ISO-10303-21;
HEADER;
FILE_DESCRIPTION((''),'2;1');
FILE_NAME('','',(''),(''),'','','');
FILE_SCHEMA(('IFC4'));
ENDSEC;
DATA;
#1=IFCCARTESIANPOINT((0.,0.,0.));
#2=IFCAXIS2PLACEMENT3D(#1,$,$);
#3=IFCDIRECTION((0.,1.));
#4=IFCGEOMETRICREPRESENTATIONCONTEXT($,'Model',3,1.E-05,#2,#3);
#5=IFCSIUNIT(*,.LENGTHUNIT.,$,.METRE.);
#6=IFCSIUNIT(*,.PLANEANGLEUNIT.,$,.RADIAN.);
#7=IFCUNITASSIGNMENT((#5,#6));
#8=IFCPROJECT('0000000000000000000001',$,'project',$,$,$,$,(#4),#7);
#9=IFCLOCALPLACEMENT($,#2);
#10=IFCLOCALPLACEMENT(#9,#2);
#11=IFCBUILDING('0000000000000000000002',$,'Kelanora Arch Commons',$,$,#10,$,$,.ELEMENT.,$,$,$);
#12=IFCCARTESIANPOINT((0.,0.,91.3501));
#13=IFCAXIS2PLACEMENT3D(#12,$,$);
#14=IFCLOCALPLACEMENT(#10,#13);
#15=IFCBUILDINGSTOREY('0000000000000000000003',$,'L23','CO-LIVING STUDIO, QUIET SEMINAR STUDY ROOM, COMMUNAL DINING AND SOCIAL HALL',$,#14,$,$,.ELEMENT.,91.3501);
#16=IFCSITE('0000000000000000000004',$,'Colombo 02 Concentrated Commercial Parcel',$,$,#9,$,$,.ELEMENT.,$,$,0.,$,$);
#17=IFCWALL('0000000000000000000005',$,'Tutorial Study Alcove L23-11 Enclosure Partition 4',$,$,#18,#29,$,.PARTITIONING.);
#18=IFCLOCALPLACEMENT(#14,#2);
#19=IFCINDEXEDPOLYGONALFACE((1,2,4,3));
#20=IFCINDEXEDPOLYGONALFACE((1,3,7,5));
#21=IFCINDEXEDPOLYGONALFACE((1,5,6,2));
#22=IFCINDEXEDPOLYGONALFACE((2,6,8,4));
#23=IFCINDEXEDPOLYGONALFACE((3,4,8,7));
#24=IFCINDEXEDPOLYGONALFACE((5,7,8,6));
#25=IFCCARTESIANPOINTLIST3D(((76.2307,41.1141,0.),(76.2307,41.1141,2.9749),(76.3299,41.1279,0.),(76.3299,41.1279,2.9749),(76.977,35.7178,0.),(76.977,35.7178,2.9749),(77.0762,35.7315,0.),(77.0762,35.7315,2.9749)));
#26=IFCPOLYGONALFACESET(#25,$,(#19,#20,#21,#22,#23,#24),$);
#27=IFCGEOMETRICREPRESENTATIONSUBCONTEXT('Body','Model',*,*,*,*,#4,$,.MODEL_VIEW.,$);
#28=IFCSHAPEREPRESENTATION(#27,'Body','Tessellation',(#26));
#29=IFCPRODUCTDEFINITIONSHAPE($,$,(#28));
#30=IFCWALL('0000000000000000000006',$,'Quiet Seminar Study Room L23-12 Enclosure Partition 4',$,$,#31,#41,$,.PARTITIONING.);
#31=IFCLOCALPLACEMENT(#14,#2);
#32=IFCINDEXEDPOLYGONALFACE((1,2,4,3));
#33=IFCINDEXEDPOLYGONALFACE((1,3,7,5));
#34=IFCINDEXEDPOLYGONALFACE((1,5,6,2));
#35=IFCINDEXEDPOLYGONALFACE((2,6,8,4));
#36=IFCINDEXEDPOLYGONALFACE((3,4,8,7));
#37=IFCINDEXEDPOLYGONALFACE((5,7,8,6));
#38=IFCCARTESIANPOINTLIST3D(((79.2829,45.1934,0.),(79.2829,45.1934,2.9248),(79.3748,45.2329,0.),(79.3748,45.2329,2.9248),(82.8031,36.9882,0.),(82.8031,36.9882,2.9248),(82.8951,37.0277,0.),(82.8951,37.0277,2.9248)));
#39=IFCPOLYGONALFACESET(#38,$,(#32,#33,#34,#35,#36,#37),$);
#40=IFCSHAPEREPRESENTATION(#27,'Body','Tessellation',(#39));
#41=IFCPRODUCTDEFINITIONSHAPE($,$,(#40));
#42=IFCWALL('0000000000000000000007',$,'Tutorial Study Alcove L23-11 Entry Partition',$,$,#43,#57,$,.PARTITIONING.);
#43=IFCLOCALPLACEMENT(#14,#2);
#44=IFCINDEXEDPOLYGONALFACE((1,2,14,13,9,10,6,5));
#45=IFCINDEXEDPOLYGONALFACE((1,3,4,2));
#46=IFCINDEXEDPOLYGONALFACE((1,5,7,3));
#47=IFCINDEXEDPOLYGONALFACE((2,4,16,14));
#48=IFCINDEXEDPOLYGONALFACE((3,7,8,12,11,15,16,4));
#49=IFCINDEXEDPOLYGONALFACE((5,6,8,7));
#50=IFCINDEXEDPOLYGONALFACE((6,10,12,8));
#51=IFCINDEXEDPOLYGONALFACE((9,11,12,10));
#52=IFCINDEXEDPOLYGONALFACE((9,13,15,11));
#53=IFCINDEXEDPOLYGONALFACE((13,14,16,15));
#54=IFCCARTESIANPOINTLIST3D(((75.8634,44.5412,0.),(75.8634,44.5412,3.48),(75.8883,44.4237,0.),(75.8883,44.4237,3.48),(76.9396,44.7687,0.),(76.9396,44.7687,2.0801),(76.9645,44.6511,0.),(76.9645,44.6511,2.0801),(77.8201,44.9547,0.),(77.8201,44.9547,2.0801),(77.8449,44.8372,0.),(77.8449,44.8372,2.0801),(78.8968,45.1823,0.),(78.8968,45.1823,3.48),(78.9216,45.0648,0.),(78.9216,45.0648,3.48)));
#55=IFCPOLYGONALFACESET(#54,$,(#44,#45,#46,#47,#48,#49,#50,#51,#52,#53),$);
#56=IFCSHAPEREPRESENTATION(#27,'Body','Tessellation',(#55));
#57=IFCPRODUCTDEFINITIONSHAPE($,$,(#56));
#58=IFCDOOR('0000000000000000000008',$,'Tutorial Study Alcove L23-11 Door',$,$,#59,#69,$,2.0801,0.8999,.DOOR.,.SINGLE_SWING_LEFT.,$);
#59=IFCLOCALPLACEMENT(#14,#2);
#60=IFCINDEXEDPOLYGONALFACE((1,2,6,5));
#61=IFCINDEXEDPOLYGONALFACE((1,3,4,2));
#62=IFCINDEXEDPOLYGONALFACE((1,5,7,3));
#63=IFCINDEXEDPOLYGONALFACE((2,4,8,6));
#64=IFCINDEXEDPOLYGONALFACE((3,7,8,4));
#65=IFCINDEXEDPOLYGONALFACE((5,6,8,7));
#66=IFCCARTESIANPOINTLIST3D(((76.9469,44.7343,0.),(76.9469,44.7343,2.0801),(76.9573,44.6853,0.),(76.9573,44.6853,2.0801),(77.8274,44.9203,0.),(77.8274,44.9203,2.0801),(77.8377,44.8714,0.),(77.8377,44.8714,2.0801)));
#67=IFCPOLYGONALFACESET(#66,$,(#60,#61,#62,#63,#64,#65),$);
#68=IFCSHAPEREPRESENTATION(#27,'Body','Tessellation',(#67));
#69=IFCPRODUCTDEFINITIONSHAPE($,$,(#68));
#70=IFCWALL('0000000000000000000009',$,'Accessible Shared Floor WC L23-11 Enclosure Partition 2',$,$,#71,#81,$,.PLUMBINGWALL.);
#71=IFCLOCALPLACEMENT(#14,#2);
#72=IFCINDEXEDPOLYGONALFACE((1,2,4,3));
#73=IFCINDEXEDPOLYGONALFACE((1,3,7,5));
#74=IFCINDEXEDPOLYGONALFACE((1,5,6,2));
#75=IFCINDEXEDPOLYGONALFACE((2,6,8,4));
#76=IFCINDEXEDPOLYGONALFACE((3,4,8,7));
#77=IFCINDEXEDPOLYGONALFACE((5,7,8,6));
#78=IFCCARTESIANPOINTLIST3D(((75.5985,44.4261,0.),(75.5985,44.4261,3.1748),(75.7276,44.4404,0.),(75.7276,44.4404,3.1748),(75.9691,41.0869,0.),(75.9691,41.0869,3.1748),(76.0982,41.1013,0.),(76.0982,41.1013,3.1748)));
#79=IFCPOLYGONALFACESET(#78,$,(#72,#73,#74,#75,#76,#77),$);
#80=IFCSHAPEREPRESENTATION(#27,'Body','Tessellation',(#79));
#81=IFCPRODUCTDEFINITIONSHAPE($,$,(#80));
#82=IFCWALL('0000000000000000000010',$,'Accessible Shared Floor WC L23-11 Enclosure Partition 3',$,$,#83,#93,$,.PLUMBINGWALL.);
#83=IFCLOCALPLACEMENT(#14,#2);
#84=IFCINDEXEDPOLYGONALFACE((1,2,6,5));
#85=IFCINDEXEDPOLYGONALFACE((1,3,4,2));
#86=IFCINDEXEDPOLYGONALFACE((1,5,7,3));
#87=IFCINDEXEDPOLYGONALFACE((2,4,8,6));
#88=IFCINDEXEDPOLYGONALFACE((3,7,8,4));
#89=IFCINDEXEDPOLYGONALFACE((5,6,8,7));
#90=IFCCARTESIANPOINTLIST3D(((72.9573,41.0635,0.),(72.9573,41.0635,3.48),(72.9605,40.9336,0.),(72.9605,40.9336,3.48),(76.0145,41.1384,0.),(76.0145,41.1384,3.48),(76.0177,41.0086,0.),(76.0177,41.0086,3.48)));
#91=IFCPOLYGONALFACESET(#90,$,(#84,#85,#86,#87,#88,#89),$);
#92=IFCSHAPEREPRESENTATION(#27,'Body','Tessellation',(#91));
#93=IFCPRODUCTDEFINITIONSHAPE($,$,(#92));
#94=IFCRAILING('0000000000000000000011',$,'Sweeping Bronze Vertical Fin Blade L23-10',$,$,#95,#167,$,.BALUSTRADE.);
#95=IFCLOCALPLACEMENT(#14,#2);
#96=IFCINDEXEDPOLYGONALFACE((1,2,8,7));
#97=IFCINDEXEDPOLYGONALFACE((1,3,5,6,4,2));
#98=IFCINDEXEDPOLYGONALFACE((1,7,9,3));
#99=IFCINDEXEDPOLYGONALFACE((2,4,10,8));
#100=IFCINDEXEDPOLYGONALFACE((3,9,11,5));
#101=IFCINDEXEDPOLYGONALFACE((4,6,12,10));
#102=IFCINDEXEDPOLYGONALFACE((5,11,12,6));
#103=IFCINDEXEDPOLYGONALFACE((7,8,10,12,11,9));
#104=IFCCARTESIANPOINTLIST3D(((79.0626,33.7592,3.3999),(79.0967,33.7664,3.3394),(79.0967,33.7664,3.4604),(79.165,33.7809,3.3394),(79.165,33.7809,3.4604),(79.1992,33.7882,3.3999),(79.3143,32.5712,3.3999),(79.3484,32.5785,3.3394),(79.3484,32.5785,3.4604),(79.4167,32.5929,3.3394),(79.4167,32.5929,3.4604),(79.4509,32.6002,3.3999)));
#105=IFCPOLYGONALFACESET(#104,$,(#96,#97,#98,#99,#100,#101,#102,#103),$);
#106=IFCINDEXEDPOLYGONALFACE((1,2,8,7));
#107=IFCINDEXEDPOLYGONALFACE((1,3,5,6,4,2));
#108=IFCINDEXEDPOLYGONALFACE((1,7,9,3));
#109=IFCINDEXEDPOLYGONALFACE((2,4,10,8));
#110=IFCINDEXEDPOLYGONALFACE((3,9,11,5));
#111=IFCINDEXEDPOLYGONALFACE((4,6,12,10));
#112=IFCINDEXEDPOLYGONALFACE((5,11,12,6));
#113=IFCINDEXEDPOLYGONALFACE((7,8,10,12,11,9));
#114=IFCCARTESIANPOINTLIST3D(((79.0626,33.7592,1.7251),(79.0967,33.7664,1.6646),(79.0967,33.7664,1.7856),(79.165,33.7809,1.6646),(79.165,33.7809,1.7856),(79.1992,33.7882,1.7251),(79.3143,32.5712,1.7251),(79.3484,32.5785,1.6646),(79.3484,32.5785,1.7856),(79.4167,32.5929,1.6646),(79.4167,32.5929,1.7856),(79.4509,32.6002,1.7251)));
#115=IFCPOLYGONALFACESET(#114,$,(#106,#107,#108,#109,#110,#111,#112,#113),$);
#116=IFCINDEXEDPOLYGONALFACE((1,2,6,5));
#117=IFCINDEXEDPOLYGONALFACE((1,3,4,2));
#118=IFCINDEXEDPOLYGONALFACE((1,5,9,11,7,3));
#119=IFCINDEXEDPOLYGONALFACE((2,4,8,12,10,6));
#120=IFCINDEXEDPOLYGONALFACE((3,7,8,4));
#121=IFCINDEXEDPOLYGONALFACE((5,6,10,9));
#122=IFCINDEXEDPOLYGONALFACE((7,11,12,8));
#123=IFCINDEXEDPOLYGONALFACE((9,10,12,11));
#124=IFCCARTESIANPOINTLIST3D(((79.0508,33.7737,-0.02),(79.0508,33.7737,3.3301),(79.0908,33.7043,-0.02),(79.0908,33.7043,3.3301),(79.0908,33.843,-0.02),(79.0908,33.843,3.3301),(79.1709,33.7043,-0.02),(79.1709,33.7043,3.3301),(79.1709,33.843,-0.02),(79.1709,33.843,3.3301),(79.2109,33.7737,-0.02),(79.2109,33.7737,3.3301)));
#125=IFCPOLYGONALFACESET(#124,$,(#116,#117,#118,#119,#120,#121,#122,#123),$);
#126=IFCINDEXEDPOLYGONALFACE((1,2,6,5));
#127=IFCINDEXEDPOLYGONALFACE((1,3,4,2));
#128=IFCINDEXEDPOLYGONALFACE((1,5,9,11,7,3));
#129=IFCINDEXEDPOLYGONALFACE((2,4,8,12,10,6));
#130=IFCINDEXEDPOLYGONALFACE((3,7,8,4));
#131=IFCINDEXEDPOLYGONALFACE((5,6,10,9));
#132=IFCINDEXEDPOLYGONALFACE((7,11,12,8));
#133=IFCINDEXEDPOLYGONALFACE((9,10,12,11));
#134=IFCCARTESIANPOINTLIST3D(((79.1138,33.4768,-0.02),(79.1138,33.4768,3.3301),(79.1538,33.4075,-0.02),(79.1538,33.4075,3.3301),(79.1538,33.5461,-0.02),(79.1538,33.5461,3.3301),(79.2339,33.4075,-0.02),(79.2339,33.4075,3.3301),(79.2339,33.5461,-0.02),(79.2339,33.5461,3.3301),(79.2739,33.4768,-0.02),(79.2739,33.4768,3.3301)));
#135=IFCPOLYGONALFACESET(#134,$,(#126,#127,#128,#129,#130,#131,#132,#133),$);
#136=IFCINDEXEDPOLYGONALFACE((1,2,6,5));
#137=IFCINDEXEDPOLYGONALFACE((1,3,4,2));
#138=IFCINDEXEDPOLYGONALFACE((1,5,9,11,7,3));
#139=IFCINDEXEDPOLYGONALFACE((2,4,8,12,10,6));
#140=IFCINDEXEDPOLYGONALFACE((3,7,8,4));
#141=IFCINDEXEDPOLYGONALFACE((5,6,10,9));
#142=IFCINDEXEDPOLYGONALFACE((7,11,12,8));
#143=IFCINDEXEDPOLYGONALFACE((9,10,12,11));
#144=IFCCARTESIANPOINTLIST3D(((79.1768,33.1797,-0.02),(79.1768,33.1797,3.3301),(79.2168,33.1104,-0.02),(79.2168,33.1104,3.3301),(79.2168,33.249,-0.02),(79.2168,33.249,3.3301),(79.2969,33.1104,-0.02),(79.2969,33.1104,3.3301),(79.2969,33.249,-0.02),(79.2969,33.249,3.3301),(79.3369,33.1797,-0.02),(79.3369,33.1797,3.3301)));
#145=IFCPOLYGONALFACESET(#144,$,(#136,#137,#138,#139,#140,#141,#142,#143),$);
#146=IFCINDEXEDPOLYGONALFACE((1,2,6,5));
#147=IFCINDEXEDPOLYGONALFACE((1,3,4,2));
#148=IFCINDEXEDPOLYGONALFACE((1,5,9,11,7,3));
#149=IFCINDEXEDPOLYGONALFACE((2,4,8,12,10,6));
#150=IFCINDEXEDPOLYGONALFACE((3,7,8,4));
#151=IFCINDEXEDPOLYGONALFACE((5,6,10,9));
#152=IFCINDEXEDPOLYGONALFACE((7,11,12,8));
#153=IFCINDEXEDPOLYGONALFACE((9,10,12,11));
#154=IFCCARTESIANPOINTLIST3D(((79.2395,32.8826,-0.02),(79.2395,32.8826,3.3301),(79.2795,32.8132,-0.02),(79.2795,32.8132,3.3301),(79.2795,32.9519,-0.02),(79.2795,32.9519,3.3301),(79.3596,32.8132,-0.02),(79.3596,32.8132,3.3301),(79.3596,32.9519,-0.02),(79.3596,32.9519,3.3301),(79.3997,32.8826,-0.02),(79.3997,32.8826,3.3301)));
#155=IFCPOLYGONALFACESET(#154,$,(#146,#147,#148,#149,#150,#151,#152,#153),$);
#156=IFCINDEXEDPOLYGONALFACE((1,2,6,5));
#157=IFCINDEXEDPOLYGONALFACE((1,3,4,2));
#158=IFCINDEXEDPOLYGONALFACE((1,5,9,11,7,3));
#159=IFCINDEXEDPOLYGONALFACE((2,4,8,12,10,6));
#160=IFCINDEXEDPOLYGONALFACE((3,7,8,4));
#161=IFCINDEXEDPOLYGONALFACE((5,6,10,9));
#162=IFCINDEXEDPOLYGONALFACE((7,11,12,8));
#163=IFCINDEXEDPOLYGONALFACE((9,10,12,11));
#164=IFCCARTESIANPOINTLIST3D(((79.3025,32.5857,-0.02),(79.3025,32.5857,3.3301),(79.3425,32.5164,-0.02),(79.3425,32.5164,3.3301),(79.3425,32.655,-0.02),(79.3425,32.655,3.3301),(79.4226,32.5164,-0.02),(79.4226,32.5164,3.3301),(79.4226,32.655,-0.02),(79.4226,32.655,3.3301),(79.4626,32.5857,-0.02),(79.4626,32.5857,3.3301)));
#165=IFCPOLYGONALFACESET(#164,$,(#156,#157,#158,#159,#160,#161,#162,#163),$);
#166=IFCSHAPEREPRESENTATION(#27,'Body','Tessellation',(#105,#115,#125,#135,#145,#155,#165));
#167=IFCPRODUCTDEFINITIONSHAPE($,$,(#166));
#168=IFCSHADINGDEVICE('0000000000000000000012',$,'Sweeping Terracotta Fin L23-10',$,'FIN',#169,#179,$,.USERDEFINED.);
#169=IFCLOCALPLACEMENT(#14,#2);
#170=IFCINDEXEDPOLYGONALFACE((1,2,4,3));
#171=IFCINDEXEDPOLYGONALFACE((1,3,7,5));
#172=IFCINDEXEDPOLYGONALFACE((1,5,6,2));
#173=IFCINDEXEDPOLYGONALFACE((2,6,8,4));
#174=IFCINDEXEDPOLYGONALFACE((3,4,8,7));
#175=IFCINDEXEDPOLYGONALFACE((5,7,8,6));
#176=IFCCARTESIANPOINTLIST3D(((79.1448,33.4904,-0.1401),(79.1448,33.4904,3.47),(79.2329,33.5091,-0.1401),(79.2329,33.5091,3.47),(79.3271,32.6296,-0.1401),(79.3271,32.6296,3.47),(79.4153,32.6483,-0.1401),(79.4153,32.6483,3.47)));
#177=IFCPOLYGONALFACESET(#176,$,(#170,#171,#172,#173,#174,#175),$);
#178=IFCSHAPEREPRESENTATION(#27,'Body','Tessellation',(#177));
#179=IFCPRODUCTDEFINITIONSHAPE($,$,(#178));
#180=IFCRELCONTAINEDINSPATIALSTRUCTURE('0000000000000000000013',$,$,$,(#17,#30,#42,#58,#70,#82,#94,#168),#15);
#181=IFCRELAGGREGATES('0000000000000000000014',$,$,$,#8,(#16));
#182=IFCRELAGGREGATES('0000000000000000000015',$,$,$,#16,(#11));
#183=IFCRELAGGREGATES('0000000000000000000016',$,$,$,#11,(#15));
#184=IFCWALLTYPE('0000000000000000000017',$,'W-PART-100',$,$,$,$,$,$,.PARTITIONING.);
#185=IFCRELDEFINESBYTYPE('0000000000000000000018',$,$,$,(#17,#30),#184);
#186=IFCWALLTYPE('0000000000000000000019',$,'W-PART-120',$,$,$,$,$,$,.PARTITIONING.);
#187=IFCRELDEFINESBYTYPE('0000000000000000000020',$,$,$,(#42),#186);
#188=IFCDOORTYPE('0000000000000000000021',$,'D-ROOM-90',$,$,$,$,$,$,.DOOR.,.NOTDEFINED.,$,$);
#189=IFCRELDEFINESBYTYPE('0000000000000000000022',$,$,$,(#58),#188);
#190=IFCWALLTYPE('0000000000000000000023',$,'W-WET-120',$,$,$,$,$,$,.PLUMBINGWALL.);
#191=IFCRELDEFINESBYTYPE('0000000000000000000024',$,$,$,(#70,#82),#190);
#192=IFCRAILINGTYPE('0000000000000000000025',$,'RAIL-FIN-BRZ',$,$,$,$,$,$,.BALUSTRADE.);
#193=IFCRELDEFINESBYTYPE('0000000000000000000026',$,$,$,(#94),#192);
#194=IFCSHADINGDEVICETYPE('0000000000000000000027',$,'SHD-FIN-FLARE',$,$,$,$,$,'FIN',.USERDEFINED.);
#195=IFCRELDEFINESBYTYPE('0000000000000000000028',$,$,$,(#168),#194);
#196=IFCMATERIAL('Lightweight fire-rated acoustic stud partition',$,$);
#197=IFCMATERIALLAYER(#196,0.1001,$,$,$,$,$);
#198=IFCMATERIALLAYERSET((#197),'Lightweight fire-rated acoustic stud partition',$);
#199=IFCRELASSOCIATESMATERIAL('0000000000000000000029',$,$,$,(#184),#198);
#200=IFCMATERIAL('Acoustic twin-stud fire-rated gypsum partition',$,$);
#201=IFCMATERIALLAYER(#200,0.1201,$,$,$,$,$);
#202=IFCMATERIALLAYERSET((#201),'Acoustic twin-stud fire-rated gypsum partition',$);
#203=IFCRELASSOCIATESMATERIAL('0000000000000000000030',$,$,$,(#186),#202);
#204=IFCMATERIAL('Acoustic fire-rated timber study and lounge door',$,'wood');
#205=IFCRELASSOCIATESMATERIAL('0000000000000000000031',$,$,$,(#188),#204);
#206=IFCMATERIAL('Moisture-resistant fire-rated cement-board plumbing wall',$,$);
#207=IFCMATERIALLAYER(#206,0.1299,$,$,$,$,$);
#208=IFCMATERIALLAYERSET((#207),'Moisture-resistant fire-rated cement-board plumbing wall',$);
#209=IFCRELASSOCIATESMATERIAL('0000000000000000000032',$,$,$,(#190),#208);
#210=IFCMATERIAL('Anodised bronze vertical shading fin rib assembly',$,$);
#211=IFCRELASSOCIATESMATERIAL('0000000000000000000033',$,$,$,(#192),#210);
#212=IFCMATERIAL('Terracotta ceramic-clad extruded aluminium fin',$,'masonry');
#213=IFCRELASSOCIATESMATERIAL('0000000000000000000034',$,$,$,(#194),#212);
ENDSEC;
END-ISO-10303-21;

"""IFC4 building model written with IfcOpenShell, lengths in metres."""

from ifc_helpers import new_model, si_unit, direction, frame, frame_2d, origin, origin_2d, place, context, subcontext, project, spatial, polyline, rectangle, outline, extrude, source, transform, mapped, material, layer, layer_set, type_object, element, fill, save


model = new_model("IFC4")

# Units and contexts
model_context = context("Model", 3, precision=1e-05, world=origin(), true_north=direction((0.0, 1.0)))
body_context = subcontext(model_context, "Body", "Model", "MODEL_VIEW")
ifc_project = project(units=[si_unit("LENGTHUNIT", "METRE"), si_unit("PLANEANGLEUNIT", "RADIAN")], contexts=[model_context])

# Site, building, storey
site_placement = place(None, origin())
site = spatial("IfcSite", under=ifc_project, at=site_placement, Name="Colombo 02 Concentrated Commercial Parcel", CompositionType="ELEMENT", RefElevation=0.0)
building_placement = place(site_placement, origin())
building = spatial("IfcBuilding", under=site, at=building_placement, Name="Kelanora Arch Commons", CompositionType="ELEMENT")
storey_placement = place(building_placement, frame((0.0, 0.0, 91.3501)))
storey = spatial("IfcBuildingStorey", under=building, at=storey_placement, Name="L23", Description="CO-LIVING STUDIO, QUIET SEMINAR STUDY ROOM, COMMUNAL DINING AND SOCIAL HALL", CompositionType="ELEMENT", Elevation=91.3501)

# Walls
ifc_material_1 = material(Name="Lightweight fire-rated acoustic stud partition")
ifc_layer_1 = layer(ifc_material_1, 0.1001)
ifc_layer_set_1 = layer_set([ifc_layer_1], Name="Lightweight fire-rated acoustic stud partition")
wall_type_1 = type_object("IfcWallType", Name="W-PART-100", PredefinedType="PARTITIONING", material=ifc_layer_set_1)
wall_1_placement = place(storey_placement, frame((77.0266, 35.7246, 0.0), z_axis=(0.0, 0.0, 1.0), x_axis=(-0.136997, 0.990571, 0.0)))
element("IfcWall", 1, at=wall_1_placement, inside=storey, type_object=wall_type_1, Name="Tutorial Study Alcove L23-11 Enclosure Partition 4", PredefinedType="PARTITIONING", context=body_context, shape_type="SweptSolid", body=[
    extrude(rectangle(XDim=5.4478, YDim=0.1001, at=frame_2d((2.7239, 0.0))), origin(), (0.0, 0.0, 1.0), 2.9749),
])
wall_2_placement = place(storey_placement, frame((82.8491, 37.0078, 0.0), z_axis=(0.0, 0.0, 1.0), x_axis=(-0.394269, 0.918995, 0.0)))
element("IfcWall", 2, at=wall_2_placement, inside=storey, type_object=wall_type_1, Name="Quiet Seminar Study Room L23-12 Enclosure Partition 4", PredefinedType="PARTITIONING", context=body_context, shape_type="SweptSolid", body=[
    extrude(rectangle(XDim=8.9285, YDim=0.1001, at=frame_2d((4.4644, 0.0))), origin(), (0.0, 0.0, 1.0), 2.9248),
])

# Wall, opening, door
ifc_material_2 = material(Name="Acoustic twin-stud fire-rated gypsum partition")
ifc_layer_2 = layer(ifc_material_2, 0.1201)
ifc_layer_set_2 = layer_set([ifc_layer_2], Name="Acoustic twin-stud fire-rated gypsum partition")
wall_type_2 = type_object("IfcWallType", Name="W-PART-120", PredefinedType="PARTITIONING", material=ifc_layer_set_2)
wall_3_placement = place(storey_placement, frame((75.8757, 44.4824, 0.0), z_axis=(0.0, 0.0, 1.0), x_axis=(0.978387, 0.20678, 0.0)))
wall_3 = element("IfcWall", 3, at=wall_3_placement, inside=storey, type_object=wall_type_2, Name="Tutorial Study Alcove L23-11 Entry Partition", PredefinedType="PARTITIONING", context=body_context, shape_type="SweptSolid", body=[
    extrude(rectangle(XDim=3.1003, YDim=0.1201, at=frame_2d((1.5503, 0.0))), origin(), (0.0, 0.0, 1.0), 3.48),
])
opening_placement = place(wall_3_placement, frame((1.1001, 0.0, 0.0)))
opening = element("IfcOpeningElement", 4, at=opening_placement, cuts=wall_3, PredefinedType="OPENING", context=body_context, shape_type="SweptSolid", body=[
    extrude(rectangle(XDim=0.8999, YDim=2.0801, at=frame_2d((0.45, 1.04))), frame((0.0, 0.0701, 0.0), z_axis=(0.0, -1.0, 0.0), x_axis=(1.0, 0.0, 0.0)), (0.0, 0.0, 1.0), 0.1401),
])
ifc_material_3 = material(Name="Acoustic fire-rated timber study and lounge door", Category="wood")
door_type = type_object("IfcDoorType", Name="D-ROOM-90", OperationType="NOTDEFINED", PredefinedType="DOOR", material=ifc_material_3)
door_placement = place(opening_placement, origin())
door = element("IfcDoor", 5, at=door_placement, inside=storey, type_object=door_type, Name="Tutorial Study Alcove L23-11 Door", OperationType="SINGLE_SWING_LEFT", OverallHeight=2.0801, OverallWidth=0.8999, PredefinedType="DOOR", context=body_context, shape_type="SweptSolid", body=[
    extrude(rectangle(XDim=0.8999, YDim=2.0801, at=frame_2d((0.45, 1.04))), frame((0.0, 0.0249, 0.0), z_axis=(0.0, -1.0, 0.0), x_axis=(1.0, 0.0, 0.0)), (0.0, 0.0, 1.0), 0.05),
])
fill(opening, door)

# Walls
ifc_material_4 = material(Name="Moisture-resistant fire-rated cement-board plumbing wall")
ifc_layer_3 = layer(ifc_material_4, 0.1299)
ifc_layer_set_3 = layer_set([ifc_layer_3], Name="Moisture-resistant fire-rated cement-board plumbing wall")
wall_type_3 = type_object("IfcWallType", Name="W-WET-120", PredefinedType="PLUMBINGWALL", material=ifc_layer_set_3)
wall_4_placement = place(storey_placement, frame((75.6631, 44.4331, 0.0), z_axis=(0.0, 0.0, 1.0), x_axis=(0.110312, -0.993897, 0.0)))
element("IfcWall", 6, at=wall_4_placement, inside=storey, type_object=wall_type_3, Name="Accessible Shared Floor WC L23-11 Enclosure Partition 2", PredefinedType="PLUMBINGWALL", context=body_context, shape_type="SweptSolid", body=[
    extrude(rectangle(XDim=3.3596, YDim=0.1299, at=frame_2d((1.6797, 0.0))), origin(), (0.0, 0.0, 1.0), 3.1748),
])
wall_5_placement = place(storey_placement, frame((76.0161, 41.0735, 0.0), z_axis=(0.0, 0.0, 1.0), x_axis=(-0.9997, -0.024509, 0.0)))
element("IfcWall", 7, at=wall_5_placement, inside=storey, type_object=wall_type_3, Name="Accessible Shared Floor WC L23-11 Enclosure Partition 3", PredefinedType="PLUMBINGWALL", context=body_context, shape_type="SweptSolid", body=[
    extrude(rectangle(XDim=3.0581, YDim=0.1299, at=frame_2d((1.5291, 0.0))), origin(), (0.0, 0.0, 1.0), 3.48),
])

# Railing
ifc_material_5 = material(Name="Anodised bronze vertical shading fin rib assembly")
railing_type = type_object("IfcRailingType", Name="RAIL-FIN-BRZ", PredefinedType="BALUSTRADE", material=ifc_material_5)
railing_placement = place(storey_placement, frame((79.1309, 33.7737, -0.02)))
element("IfcRailing", 8, at=railing_placement, inside=storey, type_object=railing_type, Name="Sweeping Bronze Vertical Fin Blade L23-10", PredefinedType="BALUSTRADE", context=body_context, shape_type="SweptSolid", body=[
    extrude(outline(polyline([(0.0698, 0.0), (0.0349, 0.0605), (-0.0349, 0.0605), (-0.0698, 0.0), (-0.0349, -0.0605), (0.0349, -0.0605), (0.0698, 0.0)])), frame((0.0, 0.0, 3.4199), z_axis=(0.207277, -0.978282, 0.0), x_axis=(0.978282, 0.207277, 0.0)), (0.0, 0.0, 1.0), 1.2144),
    extrude(outline(polyline([(0.0698, 0.0), (0.0349, 0.0605), (-0.0349, 0.0605), (-0.0698, 0.0), (-0.0349, -0.0605), (0.0349, -0.0605), (0.0698, 0.0)])), frame((0.0, 0.0, 1.7451), z_axis=(0.207277, -0.978282, 0.0), x_axis=(0.978282, 0.207277, 0.0)), (0.0, 0.0, 1.0), 1.2144),
    extrude(outline(polyline([(0.0801, 0.0), (0.04, 0.0693), (-0.04, 0.0693), (-0.0801, 0.0), (-0.04, -0.0693), (0.04, -0.0693), (0.0801, 0.0)])), origin(), (0.0, 0.0, 1.0), 3.3501),
    extrude(outline(polyline([(0.0801, 0.0), (0.04, 0.0693), (-0.04, 0.0693), (-0.0801, 0.0), (-0.04, -0.0693), (0.04, -0.0693), (0.0801, 0.0)])), frame((0.063, -0.2969, 0.0)), (0.0, 0.0, 1.0), 3.3501),
    extrude(outline(polyline([(0.0801, 0.0), (0.04, 0.0693), (-0.04, 0.0693), (-0.0801, 0.0), (-0.04, -0.0693), (0.04, -0.0693), (0.0801, 0.0)])), frame((0.126, -0.594, 0.0)), (0.0, 0.0, 1.0), 3.3501),
    extrude(outline(polyline([(0.0801, 0.0), (0.04, 0.0693), (-0.04, 0.0693), (-0.0801, 0.0), (-0.04, -0.0693), (0.04, -0.0693), (0.0801, 0.0)])), frame((0.1887, -0.8911, 0.0)), (0.0, 0.0, 1.0), 3.3501),
    extrude(outline(polyline([(0.0801, 0.0), (0.04, 0.0693), (-0.04, 0.0693), (-0.0801, 0.0), (-0.04, -0.0693), (0.04, -0.0693), (0.0801, 0.0)])), frame((0.2517, -1.188, 0.0)), (0.0, 0.0, 1.0), 3.3501),
])

# Shading device
ifc_material_6 = material(Name="Terracotta ceramic-clad extruded aluminium fin", Category="masonry")
shading_device_type = type_object("IfcShadingDeviceType", Name="SHD-FIN-FLARE", ElementType="FIN", PredefinedType="USERDEFINED", material=ifc_material_6)
shared_shape_1 = source(origin(), body_context, "Body", "SweptSolid", [
    extrude(rectangle(XDim=0.8799, YDim=0.0901, at=origin_2d()), origin(), (0.0, 0.0, 1.0), 3.6101),
])
shading_device_placement = place(storey_placement, frame((79.28, 33.0693, -0.1401), z_axis=(0.0, 0.0, 1.0), x_axis=(0.207229, -0.978293, 0.0)))
element("IfcShadingDevice", 9, at=shading_device_placement, inside=storey, type_object=shading_device_type, Name="Sweeping Terracotta Fin L23-10", ObjectType="FIN", PredefinedType="USERDEFINED", context=body_context, shape_type="MappedRepresentation", body=[
    mapped(shared_shape_1, transform((0.0, 0.0, 0.0), scale=1.0)),
])

save(model, "model.ifc")
